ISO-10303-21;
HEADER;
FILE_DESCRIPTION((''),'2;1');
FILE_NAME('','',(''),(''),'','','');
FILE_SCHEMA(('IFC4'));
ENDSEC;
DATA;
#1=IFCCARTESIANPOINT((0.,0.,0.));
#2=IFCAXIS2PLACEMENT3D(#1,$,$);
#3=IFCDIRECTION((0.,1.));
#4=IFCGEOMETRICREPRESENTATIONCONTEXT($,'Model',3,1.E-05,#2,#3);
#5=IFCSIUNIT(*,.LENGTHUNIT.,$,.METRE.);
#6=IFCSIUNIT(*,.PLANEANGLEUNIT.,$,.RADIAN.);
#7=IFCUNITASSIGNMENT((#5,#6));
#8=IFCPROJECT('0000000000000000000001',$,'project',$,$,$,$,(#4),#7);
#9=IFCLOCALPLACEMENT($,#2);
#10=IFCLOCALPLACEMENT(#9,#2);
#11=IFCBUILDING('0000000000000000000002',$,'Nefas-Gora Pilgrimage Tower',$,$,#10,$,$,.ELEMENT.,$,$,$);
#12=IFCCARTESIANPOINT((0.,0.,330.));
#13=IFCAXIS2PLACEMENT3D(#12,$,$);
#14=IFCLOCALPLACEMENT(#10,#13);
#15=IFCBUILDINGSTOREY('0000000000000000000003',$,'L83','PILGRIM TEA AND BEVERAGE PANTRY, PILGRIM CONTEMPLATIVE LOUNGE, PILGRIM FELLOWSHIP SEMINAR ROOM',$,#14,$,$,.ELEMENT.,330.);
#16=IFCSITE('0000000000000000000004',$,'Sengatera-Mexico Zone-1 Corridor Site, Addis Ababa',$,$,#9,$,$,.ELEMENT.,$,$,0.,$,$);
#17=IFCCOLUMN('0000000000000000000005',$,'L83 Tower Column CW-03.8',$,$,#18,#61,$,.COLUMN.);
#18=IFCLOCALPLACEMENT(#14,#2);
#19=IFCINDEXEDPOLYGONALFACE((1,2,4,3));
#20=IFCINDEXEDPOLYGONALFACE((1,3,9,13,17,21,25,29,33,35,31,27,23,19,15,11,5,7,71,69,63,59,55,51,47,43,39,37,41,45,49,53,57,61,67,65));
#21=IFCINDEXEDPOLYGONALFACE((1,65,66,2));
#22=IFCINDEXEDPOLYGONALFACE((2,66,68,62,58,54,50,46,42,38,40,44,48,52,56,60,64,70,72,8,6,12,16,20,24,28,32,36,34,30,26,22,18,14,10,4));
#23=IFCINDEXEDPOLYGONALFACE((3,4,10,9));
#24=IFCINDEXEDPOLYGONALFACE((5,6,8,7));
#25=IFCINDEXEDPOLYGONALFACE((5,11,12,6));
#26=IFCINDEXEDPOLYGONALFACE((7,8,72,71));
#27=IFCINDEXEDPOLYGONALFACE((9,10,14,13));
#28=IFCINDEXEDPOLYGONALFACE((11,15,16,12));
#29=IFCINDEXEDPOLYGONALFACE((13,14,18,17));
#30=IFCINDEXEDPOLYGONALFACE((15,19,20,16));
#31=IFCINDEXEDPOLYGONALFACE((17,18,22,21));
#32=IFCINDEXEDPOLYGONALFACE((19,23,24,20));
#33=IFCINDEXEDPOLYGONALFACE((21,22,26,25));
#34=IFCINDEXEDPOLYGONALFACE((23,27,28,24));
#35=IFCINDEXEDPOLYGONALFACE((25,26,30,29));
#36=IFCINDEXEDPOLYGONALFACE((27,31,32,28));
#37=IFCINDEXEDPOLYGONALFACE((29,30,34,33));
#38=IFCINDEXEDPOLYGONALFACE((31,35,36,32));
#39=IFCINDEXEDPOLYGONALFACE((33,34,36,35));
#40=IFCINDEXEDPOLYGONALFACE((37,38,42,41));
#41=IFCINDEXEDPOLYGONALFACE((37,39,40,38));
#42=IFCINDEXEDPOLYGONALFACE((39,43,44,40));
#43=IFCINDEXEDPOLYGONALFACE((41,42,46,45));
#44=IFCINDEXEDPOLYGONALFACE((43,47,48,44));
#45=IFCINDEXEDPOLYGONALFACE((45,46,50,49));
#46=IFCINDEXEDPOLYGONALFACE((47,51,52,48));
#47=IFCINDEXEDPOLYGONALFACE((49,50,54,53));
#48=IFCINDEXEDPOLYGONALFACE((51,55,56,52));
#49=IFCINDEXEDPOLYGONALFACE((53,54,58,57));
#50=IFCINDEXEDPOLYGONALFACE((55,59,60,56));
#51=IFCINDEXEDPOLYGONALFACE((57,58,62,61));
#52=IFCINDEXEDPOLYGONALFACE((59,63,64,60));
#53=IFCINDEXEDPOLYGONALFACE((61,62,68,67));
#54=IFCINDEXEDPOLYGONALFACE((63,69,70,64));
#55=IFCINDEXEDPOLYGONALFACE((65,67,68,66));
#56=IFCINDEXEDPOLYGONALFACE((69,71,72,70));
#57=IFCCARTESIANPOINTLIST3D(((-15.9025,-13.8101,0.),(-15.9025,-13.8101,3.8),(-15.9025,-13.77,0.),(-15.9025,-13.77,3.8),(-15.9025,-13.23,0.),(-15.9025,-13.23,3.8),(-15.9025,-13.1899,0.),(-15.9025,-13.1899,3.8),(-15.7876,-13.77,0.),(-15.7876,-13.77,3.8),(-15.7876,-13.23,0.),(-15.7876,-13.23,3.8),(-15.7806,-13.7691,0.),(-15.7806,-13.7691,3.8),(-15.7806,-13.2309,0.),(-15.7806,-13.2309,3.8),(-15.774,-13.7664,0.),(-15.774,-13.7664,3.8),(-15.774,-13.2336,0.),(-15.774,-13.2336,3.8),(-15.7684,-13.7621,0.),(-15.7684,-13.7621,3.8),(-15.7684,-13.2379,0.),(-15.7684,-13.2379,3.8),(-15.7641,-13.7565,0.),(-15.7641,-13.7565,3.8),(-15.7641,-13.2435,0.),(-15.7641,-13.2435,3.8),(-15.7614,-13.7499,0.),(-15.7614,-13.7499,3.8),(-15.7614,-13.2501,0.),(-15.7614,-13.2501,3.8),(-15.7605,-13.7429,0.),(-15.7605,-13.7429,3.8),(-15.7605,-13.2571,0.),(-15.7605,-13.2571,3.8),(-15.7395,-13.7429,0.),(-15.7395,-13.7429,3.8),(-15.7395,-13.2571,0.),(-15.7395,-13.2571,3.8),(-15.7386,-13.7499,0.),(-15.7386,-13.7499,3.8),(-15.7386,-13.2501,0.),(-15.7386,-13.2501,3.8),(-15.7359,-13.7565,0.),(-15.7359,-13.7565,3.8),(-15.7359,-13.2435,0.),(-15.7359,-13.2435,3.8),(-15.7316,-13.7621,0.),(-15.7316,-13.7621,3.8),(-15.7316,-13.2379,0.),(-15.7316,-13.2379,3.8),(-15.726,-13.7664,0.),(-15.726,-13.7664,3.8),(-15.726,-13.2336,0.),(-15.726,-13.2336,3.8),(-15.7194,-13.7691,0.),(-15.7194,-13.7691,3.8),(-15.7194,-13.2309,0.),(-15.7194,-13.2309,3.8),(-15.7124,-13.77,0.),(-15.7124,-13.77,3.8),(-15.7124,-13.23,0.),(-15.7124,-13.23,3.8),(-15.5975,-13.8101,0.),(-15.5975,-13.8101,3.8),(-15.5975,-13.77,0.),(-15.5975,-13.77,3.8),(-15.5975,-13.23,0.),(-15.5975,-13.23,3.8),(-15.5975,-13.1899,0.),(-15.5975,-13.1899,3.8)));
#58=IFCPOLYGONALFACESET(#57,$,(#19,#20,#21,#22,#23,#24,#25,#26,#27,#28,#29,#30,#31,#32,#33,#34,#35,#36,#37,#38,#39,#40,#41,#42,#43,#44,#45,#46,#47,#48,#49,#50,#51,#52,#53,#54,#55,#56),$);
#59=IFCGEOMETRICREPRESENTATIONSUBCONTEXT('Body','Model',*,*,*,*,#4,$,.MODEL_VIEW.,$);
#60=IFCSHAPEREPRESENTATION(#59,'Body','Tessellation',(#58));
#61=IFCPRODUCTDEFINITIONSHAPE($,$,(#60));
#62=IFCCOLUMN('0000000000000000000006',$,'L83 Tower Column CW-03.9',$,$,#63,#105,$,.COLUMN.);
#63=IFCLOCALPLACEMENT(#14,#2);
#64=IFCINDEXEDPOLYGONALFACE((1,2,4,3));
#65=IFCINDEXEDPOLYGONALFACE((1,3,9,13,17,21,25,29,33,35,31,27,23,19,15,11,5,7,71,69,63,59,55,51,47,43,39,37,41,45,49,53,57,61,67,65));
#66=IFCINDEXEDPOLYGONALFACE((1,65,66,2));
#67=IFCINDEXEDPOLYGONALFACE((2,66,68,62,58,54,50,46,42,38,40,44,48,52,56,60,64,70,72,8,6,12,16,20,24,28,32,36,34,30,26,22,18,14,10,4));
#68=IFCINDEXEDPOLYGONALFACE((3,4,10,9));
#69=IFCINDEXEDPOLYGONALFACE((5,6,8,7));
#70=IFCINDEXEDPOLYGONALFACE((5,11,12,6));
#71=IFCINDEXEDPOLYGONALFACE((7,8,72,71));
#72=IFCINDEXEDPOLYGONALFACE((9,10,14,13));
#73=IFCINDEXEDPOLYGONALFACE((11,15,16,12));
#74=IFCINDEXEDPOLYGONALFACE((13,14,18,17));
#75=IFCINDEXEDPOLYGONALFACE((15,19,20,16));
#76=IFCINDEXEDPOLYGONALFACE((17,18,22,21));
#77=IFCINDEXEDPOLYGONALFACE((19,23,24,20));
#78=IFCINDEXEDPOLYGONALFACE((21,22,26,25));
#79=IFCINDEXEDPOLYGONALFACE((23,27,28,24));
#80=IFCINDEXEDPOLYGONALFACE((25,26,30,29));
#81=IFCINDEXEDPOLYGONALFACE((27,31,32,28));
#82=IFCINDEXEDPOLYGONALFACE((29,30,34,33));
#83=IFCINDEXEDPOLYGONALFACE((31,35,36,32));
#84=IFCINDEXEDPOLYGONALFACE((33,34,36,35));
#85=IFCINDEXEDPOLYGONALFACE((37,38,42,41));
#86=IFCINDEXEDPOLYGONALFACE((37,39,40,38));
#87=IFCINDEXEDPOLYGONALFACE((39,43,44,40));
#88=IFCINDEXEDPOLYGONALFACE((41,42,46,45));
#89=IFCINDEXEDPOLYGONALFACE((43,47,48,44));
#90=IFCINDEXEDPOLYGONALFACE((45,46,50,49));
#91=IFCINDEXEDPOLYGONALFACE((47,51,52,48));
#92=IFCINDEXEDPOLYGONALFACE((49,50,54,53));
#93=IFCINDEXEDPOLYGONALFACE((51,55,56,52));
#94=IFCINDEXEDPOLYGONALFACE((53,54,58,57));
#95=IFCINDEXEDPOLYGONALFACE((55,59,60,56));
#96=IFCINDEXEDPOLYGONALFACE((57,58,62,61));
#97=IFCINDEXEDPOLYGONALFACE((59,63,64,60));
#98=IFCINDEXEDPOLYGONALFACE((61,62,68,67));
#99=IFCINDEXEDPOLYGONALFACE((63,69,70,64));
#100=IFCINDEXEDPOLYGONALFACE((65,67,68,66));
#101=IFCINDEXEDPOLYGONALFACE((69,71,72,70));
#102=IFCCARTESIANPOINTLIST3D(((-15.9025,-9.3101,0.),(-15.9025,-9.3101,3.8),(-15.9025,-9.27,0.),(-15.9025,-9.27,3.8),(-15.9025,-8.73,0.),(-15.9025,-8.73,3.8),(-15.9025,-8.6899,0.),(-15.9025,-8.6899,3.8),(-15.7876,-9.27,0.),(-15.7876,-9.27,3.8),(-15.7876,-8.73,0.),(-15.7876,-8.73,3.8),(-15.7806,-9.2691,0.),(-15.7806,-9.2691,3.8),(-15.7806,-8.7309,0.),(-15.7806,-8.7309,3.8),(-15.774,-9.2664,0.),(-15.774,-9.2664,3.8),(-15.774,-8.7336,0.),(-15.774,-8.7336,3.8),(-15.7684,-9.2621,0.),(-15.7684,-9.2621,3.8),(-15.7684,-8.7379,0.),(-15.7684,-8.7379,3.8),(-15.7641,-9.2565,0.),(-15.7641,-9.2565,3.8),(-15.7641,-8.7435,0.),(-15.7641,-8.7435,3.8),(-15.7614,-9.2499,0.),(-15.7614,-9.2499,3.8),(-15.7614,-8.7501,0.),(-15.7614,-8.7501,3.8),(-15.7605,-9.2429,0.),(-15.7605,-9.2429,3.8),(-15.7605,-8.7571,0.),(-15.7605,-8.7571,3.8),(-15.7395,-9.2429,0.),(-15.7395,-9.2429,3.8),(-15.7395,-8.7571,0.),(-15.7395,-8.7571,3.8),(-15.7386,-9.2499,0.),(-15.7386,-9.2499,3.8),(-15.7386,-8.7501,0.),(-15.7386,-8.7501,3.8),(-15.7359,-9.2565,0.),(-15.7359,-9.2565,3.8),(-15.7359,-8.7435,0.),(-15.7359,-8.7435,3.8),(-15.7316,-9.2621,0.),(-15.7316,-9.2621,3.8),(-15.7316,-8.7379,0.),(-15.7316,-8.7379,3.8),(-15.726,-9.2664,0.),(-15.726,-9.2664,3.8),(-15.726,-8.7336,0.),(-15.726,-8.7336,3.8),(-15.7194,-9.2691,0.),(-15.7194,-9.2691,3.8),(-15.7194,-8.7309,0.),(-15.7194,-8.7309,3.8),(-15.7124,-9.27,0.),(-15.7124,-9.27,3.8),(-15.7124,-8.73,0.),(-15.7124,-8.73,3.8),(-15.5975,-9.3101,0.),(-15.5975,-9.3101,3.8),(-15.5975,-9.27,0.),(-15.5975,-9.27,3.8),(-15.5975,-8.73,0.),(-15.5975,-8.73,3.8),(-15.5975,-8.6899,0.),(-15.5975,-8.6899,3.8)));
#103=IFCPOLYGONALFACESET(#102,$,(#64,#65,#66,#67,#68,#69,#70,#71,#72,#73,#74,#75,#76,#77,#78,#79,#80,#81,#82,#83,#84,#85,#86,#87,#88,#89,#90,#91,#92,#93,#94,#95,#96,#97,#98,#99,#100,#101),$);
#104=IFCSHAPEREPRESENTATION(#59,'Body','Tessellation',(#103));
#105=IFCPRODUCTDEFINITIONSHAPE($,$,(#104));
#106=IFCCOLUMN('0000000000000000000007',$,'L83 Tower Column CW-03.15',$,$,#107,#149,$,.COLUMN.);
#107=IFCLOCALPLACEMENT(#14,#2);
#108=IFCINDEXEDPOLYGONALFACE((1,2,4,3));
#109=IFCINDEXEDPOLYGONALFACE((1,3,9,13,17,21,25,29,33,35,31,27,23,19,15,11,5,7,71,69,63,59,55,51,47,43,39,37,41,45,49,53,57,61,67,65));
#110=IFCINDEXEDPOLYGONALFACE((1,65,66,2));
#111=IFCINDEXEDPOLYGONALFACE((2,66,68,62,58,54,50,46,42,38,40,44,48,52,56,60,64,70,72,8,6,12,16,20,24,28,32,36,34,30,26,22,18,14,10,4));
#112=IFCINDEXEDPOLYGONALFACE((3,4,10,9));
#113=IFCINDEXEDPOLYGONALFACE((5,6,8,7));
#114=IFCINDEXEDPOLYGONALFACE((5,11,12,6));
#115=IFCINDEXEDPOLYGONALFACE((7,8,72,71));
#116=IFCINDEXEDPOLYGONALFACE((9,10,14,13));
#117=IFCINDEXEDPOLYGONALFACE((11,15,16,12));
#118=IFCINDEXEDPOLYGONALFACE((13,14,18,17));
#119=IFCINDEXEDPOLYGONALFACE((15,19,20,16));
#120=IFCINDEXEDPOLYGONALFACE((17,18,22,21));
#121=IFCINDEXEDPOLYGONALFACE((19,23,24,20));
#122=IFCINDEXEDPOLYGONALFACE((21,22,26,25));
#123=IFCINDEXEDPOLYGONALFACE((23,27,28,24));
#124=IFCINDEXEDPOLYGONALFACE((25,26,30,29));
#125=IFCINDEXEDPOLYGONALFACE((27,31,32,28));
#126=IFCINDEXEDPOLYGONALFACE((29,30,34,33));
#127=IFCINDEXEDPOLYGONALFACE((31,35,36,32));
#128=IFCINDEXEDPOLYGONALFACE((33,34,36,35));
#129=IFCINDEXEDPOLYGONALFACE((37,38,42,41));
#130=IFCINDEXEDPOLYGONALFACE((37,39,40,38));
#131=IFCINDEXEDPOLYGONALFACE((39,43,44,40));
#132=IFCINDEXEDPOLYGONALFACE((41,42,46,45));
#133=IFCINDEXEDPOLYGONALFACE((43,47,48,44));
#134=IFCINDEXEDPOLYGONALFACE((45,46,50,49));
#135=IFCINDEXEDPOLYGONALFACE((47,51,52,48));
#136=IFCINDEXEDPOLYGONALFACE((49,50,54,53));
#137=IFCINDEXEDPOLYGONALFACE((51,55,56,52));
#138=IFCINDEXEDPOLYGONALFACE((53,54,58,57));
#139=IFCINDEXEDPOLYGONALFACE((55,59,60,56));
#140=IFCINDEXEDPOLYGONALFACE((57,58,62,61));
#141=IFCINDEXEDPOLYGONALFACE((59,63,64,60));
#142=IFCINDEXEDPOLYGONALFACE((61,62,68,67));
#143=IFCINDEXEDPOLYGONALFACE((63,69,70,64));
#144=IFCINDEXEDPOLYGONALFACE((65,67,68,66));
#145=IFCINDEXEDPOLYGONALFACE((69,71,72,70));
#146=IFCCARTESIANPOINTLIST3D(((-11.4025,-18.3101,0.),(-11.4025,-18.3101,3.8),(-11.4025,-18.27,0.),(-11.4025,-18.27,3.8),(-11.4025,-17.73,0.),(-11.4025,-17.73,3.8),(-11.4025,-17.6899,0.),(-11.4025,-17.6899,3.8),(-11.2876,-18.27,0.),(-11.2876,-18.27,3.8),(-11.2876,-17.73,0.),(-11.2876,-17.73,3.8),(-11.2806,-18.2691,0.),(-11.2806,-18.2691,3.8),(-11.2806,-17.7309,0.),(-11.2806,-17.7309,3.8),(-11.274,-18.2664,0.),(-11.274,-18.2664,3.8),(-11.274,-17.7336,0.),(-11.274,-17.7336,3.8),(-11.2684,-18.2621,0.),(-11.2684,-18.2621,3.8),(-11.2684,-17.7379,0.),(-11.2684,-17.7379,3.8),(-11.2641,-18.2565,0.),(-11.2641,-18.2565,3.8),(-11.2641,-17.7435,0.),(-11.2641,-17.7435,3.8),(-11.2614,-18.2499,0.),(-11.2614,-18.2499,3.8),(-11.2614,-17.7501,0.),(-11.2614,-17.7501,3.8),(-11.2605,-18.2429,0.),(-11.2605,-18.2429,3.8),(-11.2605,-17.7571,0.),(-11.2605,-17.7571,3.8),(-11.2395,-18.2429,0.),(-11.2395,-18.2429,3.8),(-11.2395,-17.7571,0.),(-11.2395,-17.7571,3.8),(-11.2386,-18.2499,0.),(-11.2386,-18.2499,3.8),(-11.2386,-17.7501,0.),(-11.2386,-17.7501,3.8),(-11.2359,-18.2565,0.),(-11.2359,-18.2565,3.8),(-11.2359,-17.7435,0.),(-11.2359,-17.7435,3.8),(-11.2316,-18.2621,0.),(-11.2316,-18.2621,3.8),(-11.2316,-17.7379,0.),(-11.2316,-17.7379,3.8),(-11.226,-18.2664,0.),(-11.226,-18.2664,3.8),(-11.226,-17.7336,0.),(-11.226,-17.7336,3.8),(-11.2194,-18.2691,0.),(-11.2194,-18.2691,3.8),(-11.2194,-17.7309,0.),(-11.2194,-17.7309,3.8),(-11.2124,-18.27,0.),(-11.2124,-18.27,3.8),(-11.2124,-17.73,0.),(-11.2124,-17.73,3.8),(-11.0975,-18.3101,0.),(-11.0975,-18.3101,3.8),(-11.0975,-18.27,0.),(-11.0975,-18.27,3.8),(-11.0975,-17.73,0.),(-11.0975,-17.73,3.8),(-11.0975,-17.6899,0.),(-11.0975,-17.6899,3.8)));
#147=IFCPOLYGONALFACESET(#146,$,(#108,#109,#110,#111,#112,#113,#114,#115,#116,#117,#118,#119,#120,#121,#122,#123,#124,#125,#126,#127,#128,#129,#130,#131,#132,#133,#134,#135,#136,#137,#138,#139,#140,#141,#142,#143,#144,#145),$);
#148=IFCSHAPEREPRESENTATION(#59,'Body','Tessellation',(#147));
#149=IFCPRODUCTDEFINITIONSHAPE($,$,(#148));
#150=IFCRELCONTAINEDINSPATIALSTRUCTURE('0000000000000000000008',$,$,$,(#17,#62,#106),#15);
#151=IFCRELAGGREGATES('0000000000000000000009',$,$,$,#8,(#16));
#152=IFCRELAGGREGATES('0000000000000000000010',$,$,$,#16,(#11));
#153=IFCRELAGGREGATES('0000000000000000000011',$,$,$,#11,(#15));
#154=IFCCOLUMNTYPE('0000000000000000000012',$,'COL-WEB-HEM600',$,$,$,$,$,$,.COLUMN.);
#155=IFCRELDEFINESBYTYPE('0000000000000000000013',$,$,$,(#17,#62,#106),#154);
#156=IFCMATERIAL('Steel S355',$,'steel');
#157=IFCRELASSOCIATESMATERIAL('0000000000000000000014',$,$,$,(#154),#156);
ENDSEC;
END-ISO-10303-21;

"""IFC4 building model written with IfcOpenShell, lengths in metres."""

from ifc_helpers import new_model, si_unit, direction, frame, origin, origin_2d, place, context, subcontext, project, spatial, i_section, extrude, source, transform, mapped, material, material_profile, profile_set, type_object, element, save


model = new_model("IFC4")

# Units and contexts
model_context = context("Model", 3, precision=1e-05, world=origin(), true_north=direction((0.0, 1.0)))
body_context = subcontext(model_context, "Body", "Model", "MODEL_VIEW")
ifc_project = project(units=[si_unit("LENGTHUNIT", "METRE"), si_unit("PLANEANGLEUNIT", "RADIAN")], contexts=[model_context])

# Site, building, storey
site_placement = place(None, origin())
site = spatial("IfcSite", under=ifc_project, at=site_placement, Name="Sengatera-Mexico Zone-1 Corridor Site, Addis Ababa", CompositionType="ELEMENT", RefElevation=0.0)
building_placement = place(site_placement, origin())
building = spatial("IfcBuilding", under=site, at=building_placement, Name="Nefas-Gora Pilgrimage Tower", CompositionType="ELEMENT")
storey_placement = place(building_placement, frame((0.0, 0.0, 330.0)))
storey = spatial("IfcBuildingStorey", under=building, at=storey_placement, Name="L83", Description="PILGRIM TEA AND BEVERAGE PANTRY, PILGRIM CONTEMPLATIVE LOUNGE, PILGRIM FELLOWSHIP SEMINAR ROOM", CompositionType="ELEMENT", Elevation=330.0)

# Columns
ifc_material_1 = material(Name="Steel S355", Category="steel")
ifc_material_profile_1 = material_profile(ifc_material_1, i_section(OverallWidth=0.3049, OverallDepth=0.6201, WebThickness=0.021, FlangeThickness=0.04, FilletRadius=0.0271, at=origin_2d()), Name="HEM 600")
ifc_profile_set_1 = profile_set([ifc_material_profile_1], Name="Steel S355")
column_type_1 = type_object("IfcColumnType", Name="COL-WEB-HEM600", PredefinedType="COLUMN", material=ifc_profile_set_1)
shared_shape_1 = source(origin(), body_context, "Body", "SweptSolid", [
    extrude(i_section(OverallWidth=0.3049, OverallDepth=0.6201, WebThickness=0.021, FlangeThickness=0.04, FilletRadius=0.0271, at=origin_2d()), origin(), (0.0, 0.0, 1.0), 3.8),
])
for number, where, z_axis, x_axis, name in (
    (1, (-15.75, -13.5, 0.0), (0.0, 0.0, 1.0), (1.0, 0.0, 0.0), "L83 Tower Column CW-03.8"),
    (2, (-15.75, -9.0, 0.0), (0.0, 0.0, 1.0), (1.0, 0.0, 0.0), "L83 Tower Column CW-03.9"),
    (3, (-11.25, -18.0, 0.0), (0.0, 0.0, 1.0), (1.0, 0.0, 0.0), "L83 Tower Column CW-03.15"),
):
    element("IfcColumn", number, at=place(storey_placement, frame(where, z_axis=z_axis, x_axis=x_axis)), inside=storey, type_object=column_type_1, Name=name, PredefinedType="COLUMN", context=body_context, shape_type="MappedRepresentation", body=[
        mapped(shared_shape_1, transform((0.0, 0.0, 0.0), x_axis=(1.0, 0.0, 0.0), y_axis=(0.0, 1.0, 0.0), z_axis=(0.0, 0.0, 1.0), scale=1.0)),
    ])

save(model, "model.ifc")
